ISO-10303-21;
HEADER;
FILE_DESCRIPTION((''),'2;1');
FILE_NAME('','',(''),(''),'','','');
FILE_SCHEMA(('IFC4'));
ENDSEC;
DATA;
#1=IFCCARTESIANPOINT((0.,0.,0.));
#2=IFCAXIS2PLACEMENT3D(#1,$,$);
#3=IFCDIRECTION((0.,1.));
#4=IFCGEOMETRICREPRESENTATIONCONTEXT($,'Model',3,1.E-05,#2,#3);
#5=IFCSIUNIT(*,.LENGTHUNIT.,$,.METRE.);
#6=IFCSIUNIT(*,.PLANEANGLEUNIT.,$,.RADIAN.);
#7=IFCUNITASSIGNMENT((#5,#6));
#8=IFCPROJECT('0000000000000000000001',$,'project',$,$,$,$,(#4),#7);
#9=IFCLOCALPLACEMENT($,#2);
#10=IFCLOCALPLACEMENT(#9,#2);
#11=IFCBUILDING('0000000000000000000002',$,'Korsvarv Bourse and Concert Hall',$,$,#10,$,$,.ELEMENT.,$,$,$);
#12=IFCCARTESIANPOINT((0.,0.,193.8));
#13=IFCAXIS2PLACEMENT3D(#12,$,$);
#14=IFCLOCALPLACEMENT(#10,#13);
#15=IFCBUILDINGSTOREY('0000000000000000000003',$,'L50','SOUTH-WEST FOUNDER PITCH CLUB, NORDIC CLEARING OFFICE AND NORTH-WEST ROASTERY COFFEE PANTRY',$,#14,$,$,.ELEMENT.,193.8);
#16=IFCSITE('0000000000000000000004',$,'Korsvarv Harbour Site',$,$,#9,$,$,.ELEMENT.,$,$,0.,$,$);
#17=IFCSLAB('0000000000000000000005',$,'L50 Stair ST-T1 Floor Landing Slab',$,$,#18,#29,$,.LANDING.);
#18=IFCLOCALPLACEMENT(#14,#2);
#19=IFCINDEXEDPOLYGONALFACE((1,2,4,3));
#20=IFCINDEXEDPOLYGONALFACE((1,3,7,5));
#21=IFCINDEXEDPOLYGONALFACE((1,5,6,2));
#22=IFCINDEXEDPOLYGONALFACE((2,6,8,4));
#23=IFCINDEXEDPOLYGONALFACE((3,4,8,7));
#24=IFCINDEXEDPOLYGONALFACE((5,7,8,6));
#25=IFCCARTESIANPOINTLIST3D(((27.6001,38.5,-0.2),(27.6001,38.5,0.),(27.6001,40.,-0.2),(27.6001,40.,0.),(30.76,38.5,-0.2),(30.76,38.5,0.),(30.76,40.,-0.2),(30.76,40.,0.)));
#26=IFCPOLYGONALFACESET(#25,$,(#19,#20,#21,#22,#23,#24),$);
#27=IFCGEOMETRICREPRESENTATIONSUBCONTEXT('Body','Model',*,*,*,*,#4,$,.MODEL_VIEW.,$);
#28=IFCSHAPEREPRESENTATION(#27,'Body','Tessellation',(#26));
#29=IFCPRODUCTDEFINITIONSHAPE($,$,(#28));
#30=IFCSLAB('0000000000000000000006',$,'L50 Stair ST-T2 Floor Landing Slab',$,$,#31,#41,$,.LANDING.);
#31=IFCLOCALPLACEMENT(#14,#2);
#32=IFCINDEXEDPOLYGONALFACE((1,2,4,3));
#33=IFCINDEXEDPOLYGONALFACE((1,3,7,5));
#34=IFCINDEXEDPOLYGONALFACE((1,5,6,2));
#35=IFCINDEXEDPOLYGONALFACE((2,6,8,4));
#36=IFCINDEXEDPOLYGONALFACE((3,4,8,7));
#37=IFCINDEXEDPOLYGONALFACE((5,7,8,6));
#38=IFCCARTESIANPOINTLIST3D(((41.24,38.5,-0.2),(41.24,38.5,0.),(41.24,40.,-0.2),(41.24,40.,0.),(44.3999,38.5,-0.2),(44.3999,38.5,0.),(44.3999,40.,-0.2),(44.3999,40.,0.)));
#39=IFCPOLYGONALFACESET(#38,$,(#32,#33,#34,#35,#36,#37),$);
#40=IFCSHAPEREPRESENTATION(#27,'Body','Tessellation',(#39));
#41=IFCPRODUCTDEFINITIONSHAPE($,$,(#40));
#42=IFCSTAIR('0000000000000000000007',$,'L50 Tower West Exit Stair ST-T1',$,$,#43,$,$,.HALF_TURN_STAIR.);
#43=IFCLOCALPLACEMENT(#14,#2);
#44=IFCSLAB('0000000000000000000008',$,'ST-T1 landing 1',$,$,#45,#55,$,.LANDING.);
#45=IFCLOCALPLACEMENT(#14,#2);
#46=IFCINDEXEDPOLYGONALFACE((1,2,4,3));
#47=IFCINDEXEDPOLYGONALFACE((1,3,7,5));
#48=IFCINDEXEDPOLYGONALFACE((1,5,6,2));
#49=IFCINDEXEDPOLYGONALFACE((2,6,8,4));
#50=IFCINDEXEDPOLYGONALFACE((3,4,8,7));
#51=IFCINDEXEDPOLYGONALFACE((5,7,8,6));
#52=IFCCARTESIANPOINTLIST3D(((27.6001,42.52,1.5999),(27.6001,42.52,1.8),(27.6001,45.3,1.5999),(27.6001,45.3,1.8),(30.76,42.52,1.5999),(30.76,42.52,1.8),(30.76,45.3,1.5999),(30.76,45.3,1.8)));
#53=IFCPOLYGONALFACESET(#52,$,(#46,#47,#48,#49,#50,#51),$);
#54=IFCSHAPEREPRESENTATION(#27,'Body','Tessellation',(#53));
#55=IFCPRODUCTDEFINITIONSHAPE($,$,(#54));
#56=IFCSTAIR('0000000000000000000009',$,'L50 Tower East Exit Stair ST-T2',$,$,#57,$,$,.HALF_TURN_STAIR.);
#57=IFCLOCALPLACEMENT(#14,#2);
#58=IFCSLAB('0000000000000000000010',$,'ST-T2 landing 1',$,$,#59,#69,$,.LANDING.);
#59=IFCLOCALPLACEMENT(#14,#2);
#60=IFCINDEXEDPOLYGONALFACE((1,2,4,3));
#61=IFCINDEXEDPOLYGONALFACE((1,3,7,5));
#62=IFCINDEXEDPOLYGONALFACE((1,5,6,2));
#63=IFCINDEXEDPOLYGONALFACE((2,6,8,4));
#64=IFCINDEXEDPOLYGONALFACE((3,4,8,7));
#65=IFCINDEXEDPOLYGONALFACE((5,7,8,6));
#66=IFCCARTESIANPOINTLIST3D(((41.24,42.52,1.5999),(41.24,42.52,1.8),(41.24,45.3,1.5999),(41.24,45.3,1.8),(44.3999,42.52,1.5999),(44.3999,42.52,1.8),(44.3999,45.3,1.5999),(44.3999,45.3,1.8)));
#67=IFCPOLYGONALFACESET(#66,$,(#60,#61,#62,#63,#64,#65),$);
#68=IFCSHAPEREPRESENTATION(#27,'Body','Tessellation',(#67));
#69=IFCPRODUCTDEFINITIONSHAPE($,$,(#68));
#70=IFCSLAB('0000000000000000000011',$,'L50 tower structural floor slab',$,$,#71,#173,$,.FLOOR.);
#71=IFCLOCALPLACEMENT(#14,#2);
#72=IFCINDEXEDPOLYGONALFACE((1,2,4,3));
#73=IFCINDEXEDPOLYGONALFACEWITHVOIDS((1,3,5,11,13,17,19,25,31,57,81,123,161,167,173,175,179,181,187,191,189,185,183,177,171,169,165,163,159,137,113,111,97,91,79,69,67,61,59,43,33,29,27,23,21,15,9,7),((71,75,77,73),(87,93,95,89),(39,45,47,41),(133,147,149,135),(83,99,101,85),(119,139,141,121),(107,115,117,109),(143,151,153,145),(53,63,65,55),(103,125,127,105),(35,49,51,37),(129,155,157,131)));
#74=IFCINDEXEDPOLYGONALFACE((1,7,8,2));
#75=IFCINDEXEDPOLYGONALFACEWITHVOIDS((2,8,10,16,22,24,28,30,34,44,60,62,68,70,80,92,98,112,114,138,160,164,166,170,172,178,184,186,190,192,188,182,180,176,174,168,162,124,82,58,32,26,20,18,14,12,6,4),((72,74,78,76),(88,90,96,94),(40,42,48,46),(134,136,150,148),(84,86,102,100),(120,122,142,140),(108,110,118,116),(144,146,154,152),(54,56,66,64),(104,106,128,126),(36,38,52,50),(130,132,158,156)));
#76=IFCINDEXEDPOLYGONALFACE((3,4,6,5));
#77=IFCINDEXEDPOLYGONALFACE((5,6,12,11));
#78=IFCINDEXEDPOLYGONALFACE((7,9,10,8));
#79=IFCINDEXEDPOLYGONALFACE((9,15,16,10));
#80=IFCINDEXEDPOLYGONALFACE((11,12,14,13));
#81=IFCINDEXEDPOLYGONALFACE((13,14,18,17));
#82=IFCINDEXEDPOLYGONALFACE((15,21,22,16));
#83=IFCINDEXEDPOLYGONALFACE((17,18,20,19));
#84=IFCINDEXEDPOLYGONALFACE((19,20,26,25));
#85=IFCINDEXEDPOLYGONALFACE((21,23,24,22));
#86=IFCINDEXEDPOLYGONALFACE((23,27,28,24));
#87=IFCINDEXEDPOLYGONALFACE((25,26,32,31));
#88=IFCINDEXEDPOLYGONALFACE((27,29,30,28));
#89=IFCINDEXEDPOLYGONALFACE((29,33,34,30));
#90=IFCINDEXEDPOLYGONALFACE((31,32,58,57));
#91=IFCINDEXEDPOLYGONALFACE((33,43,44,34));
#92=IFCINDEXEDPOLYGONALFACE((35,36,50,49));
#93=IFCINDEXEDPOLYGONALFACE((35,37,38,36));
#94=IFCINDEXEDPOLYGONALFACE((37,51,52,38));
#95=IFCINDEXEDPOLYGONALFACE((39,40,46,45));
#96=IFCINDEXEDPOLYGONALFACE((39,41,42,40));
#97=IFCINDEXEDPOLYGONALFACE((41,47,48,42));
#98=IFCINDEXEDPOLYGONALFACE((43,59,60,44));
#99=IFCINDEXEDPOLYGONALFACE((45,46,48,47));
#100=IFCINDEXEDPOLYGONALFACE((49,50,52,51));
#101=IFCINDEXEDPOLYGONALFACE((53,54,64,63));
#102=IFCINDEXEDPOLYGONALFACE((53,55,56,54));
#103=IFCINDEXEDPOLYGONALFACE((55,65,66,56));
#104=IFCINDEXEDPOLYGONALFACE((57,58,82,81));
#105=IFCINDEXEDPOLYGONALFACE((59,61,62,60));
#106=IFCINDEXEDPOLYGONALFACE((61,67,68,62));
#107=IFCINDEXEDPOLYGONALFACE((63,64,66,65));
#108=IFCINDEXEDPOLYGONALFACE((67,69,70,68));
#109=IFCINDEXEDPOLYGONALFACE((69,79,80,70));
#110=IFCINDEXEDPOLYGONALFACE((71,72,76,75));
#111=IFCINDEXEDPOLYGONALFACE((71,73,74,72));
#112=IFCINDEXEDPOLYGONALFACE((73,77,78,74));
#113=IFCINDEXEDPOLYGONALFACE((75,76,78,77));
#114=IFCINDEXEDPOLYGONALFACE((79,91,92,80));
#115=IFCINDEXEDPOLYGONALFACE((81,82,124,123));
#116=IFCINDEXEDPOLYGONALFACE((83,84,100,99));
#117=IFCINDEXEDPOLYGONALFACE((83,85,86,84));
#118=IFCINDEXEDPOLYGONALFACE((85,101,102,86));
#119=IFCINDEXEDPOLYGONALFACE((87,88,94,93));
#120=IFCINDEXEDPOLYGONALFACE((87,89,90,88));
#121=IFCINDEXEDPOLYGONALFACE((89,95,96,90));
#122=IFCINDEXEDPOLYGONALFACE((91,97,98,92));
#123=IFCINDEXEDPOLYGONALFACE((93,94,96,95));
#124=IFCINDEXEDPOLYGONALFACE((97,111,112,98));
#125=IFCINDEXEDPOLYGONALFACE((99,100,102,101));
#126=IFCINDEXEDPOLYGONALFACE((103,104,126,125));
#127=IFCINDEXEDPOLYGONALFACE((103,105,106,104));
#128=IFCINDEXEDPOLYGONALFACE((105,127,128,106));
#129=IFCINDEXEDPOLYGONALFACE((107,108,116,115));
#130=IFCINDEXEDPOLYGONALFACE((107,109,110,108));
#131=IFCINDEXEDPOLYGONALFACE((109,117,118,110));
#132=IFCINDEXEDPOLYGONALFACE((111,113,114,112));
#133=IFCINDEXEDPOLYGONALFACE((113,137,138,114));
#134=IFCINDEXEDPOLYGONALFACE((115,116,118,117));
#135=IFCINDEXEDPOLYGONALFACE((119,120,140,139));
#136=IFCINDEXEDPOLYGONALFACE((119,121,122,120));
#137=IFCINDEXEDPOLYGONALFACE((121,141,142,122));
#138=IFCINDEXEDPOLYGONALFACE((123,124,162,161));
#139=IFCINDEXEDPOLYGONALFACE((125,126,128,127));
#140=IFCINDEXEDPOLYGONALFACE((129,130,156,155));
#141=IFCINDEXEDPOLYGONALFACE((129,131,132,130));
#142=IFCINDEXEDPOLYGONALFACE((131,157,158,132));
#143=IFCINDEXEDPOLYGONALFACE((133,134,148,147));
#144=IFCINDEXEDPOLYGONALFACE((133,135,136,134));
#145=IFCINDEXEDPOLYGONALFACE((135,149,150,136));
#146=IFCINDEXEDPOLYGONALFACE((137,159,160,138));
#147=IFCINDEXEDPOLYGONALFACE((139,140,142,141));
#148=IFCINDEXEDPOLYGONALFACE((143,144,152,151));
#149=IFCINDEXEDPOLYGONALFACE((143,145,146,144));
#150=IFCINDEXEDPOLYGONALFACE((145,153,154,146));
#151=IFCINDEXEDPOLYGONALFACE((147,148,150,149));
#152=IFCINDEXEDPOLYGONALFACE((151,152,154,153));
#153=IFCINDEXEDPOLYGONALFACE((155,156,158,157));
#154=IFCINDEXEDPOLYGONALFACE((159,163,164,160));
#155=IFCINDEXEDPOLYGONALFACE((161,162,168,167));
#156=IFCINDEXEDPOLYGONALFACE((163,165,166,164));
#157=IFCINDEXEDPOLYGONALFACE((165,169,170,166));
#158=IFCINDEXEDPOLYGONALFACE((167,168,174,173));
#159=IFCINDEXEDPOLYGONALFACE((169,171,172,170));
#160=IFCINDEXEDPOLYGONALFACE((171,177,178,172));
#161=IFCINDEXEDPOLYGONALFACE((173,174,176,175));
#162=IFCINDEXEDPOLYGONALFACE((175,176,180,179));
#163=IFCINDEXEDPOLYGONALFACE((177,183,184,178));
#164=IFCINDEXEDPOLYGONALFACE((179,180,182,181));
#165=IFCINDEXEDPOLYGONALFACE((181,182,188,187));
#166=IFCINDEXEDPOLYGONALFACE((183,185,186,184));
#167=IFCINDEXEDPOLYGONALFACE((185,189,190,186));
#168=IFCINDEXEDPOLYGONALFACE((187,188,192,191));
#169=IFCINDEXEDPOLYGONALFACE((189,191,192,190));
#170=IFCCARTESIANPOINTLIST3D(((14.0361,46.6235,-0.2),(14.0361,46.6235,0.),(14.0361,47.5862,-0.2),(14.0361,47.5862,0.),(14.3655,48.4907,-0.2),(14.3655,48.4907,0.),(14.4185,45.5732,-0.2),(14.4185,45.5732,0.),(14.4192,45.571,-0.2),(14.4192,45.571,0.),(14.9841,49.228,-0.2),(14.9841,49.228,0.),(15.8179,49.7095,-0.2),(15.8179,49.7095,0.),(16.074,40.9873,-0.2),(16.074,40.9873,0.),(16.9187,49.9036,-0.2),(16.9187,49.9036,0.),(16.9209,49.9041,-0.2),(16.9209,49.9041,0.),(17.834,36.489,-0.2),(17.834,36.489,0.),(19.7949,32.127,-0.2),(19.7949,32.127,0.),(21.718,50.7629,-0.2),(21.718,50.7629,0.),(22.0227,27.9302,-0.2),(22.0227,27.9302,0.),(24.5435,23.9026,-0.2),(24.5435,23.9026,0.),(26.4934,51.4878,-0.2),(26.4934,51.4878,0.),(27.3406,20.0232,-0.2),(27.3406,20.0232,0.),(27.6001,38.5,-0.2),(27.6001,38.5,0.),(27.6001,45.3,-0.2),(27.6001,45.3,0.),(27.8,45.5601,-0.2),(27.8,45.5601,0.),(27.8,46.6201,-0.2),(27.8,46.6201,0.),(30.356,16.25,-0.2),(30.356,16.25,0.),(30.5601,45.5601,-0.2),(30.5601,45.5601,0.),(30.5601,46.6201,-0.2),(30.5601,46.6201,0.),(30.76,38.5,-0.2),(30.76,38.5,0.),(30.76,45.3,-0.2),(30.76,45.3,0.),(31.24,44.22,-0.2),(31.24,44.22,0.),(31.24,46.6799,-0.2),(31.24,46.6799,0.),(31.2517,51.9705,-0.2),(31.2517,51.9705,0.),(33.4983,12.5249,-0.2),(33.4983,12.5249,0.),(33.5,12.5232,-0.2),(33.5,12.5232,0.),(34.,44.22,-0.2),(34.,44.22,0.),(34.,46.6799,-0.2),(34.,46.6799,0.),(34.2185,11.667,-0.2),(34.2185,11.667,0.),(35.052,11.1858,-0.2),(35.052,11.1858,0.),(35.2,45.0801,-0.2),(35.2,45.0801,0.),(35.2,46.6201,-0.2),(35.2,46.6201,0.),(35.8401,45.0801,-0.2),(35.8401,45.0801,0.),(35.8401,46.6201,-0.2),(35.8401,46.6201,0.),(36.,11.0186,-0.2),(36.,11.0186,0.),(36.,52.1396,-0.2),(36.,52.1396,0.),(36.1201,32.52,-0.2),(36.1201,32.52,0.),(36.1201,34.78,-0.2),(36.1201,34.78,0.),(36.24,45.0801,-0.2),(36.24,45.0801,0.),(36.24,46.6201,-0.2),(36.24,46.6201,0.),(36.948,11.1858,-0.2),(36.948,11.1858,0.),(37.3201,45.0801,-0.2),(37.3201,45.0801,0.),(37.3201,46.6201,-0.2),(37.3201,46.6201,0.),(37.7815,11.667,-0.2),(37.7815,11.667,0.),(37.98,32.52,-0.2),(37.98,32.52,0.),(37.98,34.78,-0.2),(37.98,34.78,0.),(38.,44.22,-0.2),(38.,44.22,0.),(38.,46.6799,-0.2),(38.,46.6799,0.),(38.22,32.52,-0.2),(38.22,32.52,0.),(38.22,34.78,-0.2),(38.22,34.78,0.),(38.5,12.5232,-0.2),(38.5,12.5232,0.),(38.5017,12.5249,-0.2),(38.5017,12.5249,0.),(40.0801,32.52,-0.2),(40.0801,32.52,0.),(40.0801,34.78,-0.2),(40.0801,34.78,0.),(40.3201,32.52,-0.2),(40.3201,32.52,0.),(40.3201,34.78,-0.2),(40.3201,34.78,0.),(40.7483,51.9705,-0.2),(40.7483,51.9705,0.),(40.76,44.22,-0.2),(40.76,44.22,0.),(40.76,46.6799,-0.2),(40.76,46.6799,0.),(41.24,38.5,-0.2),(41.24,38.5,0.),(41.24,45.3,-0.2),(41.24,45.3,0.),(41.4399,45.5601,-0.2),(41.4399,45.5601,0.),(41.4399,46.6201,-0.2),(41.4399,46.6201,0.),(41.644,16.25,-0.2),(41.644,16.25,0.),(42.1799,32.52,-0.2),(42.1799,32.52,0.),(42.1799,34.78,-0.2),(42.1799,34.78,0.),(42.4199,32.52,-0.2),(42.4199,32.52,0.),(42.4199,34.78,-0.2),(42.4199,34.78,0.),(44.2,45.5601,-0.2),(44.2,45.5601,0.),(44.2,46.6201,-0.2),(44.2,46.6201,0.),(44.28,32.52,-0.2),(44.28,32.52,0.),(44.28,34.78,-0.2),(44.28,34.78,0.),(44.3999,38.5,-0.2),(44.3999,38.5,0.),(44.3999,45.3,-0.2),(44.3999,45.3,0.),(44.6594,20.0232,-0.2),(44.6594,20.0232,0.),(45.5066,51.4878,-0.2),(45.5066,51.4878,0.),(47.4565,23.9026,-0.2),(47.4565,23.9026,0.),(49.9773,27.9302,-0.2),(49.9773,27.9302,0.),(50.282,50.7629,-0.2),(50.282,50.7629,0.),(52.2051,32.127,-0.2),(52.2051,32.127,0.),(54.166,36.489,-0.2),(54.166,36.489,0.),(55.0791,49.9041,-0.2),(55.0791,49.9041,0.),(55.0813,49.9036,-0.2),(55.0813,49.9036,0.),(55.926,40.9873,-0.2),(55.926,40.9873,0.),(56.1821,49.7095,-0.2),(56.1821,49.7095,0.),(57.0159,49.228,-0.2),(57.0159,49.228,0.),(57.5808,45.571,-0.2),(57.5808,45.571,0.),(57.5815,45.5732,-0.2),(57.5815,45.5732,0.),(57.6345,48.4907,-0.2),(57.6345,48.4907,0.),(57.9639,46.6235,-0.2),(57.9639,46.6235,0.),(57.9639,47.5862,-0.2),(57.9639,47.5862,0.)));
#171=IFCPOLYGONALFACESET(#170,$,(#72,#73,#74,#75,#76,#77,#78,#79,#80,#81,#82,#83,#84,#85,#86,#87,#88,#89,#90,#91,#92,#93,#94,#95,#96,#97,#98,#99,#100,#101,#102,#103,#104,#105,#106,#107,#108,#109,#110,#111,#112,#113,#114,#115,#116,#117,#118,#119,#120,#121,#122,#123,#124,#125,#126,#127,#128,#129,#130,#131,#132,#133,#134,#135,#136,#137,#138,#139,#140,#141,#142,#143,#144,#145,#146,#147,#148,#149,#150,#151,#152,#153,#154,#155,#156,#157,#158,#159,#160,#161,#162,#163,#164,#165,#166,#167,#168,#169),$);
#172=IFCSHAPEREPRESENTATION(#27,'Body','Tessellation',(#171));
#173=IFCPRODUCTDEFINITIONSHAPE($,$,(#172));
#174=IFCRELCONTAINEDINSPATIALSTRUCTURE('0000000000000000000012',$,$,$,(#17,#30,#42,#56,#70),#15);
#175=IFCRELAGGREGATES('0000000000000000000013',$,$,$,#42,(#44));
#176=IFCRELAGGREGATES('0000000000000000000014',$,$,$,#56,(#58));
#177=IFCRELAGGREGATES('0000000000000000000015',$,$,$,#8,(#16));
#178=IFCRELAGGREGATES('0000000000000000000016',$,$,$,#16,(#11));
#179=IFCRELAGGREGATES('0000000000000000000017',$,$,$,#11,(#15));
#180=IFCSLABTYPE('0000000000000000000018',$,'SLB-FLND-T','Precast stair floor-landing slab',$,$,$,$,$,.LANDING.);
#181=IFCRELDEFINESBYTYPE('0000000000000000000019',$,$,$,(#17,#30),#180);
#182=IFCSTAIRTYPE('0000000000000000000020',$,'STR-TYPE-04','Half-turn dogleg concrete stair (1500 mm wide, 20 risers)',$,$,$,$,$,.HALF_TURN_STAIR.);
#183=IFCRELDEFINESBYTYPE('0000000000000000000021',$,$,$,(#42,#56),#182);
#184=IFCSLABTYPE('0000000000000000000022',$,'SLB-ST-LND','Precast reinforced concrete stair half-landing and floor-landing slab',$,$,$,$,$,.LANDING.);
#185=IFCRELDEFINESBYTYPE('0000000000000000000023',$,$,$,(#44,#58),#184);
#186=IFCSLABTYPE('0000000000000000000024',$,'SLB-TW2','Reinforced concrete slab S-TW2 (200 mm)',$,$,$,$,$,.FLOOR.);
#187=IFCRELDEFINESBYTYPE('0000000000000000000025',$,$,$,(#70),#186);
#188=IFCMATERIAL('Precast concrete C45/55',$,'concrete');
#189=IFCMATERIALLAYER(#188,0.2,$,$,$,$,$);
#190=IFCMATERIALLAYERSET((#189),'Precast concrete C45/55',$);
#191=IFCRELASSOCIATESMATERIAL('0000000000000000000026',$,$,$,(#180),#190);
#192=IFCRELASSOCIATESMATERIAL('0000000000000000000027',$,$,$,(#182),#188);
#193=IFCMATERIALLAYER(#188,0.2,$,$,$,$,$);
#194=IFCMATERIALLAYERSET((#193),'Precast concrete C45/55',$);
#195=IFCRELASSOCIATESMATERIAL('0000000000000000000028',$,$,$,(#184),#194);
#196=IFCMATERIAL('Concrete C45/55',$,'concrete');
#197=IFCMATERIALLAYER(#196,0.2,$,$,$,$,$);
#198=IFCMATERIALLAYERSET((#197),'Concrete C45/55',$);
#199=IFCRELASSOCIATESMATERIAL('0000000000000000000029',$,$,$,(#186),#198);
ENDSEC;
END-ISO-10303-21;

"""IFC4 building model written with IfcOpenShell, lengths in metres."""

from ifc_helpers import new_model, si_unit, direction, frame, origin, place, context, subcontext, project, spatial, polyline, outline, extrude, material, layer, layer_set, type_object, element, aggregate, save


model = new_model("IFC4")

# Units and contexts
model_context = context("Model", 3, precision=1e-05, world=origin(), true_north=direction((0.0, 1.0)))
body_context = subcontext(model_context, "Body", "Model", "MODEL_VIEW")
ifc_project = project(units=[si_unit("LENGTHUNIT", "METRE"), si_unit("PLANEANGLEUNIT", "RADIAN")], contexts=[model_context])

# Site, building, storey
site_placement = place(None, origin())
site = spatial("IfcSite", under=ifc_project, at=site_placement, Name="Korsvarv Harbour Site", CompositionType="ELEMENT", RefElevation=0.0)
building_placement = place(site_placement, origin())
building = spatial("IfcBuilding", under=site, at=building_placement, Name="Korsvarv Bourse and Concert Hall", CompositionType="ELEMENT")
storey_placement = place(building_placement, frame((0.0, 0.0, 193.8)))
storey = spatial("IfcBuildingStorey", under=building, at=storey_placement, Name="L50", Description="SOUTH-WEST FOUNDER PITCH CLUB, NORDIC CLEARING OFFICE AND NORTH-WEST ROASTERY COFFEE PANTRY", CompositionType="ELEMENT", Elevation=193.8)

# Slabs
ifc_material_1 = material(Name="Precast concrete C45/55", Category="concrete")
ifc_layer_1 = layer(ifc_material_1, 0.2)
ifc_layer_set_1 = layer_set([ifc_layer_1], Name="Precast concrete C45/55")
slab_type_1 = type_object("IfcSlabType", Name="SLB-FLND-T", Description="Precast stair floor-landing slab", PredefinedType="LANDING", material=ifc_layer_set_1)
slab_1_placement = place(storey_placement, frame((0.0, 0.0, -0.2)))
element("IfcSlab", 1, at=slab_1_placement, inside=storey, type_object=slab_type_1, Name="L50 Stair ST-T1 Floor Landing Slab", PredefinedType="LANDING", context=body_context, shape_type="SweptSolid", body=[
    extrude(outline(polyline([(30.76, 38.5), (30.76, 40.0), (27.6001, 40.0), (27.6001, 38.5), (30.76, 38.5)])), origin(), (0.0, 0.0, 1.0), 0.2),
])
slab_2_placement = place(storey_placement, frame((0.0, 0.0, -0.2)))
element("IfcSlab", 2, at=slab_2_placement, inside=storey, type_object=slab_type_1, Name="L50 Stair ST-T2 Floor Landing Slab", PredefinedType="LANDING", context=body_context, shape_type="SweptSolid", body=[
    extrude(outline(polyline([(44.3999, 38.5), (44.3999, 40.0), (41.24, 40.0), (41.24, 38.5), (44.3999, 38.5)])), origin(), (0.0, 0.0, 1.0), 0.2),
])

# Stairs, slabs
stair_type = type_object("IfcStairType", Name="STR-TYPE-04", Description="Half-turn dogleg concrete stair (1500 mm wide, 20 risers)", PredefinedType="HALF_TURN_STAIR", material=ifc_material_1)
stair_1_placement = place(storey_placement, origin())
stair_1 = element("IfcStair", 3, at=stair_1_placement, inside=storey, type_object=stair_type, Name="L50 Tower West Exit Stair ST-T1", PredefinedType="HALF_TURN_STAIR")
ifc_layer_2 = layer(ifc_material_1, 0.2)
ifc_layer_set_2 = layer_set([ifc_layer_2], Name="Precast concrete C45/55")
slab_type_2 = type_object("IfcSlabType", Name="SLB-ST-LND", Description="Precast reinforced concrete stair half-landing and floor-landing slab", PredefinedType="LANDING", material=ifc_layer_set_2)
slab_3_placement = place(storey_placement, frame((0.0, 0.0, 1.5999)))
slab_3 = element("IfcSlab", 4, at=slab_3_placement, type_object=slab_type_2, Name="ST-T1 landing 1", PredefinedType="LANDING", context=body_context, shape_type="SweptSolid", body=[
    extrude(outline(polyline([(30.76, 42.52), (30.76, 45.3), (27.6001, 45.3), (27.6001, 42.52), (30.76, 42.52)])), origin(), (0.0, 0.0, 1.0), 0.2002),
])
aggregate(stair_1, [slab_3])
stair_2_placement = place(storey_placement, origin())
stair_2 = element("IfcStair", 5, at=stair_2_placement, inside=storey, type_object=stair_type, Name="L50 Tower East Exit Stair ST-T2", PredefinedType="HALF_TURN_STAIR")
slab_4_placement = place(storey_placement, frame((0.0, 0.0, 1.5999)))
slab_4 = element("IfcSlab", 6, at=slab_4_placement, type_object=slab_type_2, Name="ST-T2 landing 1", PredefinedType="LANDING", context=body_context, shape_type="SweptSolid", body=[
    extrude(outline(polyline([(44.3999, 42.52), (44.3999, 45.3), (41.24, 45.3), (41.24, 42.52), (44.3999, 42.52)])), origin(), (0.0, 0.0, 1.0), 0.2002),
])
aggregate(stair_2, [slab_4])

# Slab
ifc_material_2 = material(Name="Concrete C45/55", Category="concrete")
ifc_layer_3 = layer(ifc_material_2, 0.2)
ifc_layer_set_3 = layer_set([ifc_layer_3], Name="Concrete C45/55")
slab_type_3 = type_object("IfcSlabType", Name="SLB-TW2", Description="Reinforced concrete slab S-TW2 (200 mm)", PredefinedType="FLOOR", material=ifc_layer_set_3)
slab_5_placement = place(storey_placement, frame((0.0, 0.0, -0.2)))
element("IfcSlab", 7, at=slab_5_placement, inside=storey, type_object=slab_type_3, Name="L50 tower structural floor slab", PredefinedType="FLOOR", context=body_context, shape_type="SweptSolid", body=[
    extrude(outline(polyline([(57.5808, 45.571), (55.926, 40.9873), (54.166, 36.489), (52.2051, 32.127), (49.9773, 27.9302), (47.4565, 23.9026), (44.6594, 20.0232), (41.644, 16.25), (38.5017, 12.5249), (38.5, 12.5232), (37.7815, 11.667), (36.948, 11.1858), (36.0, 11.0186), (35.052, 11.1858), (34.2185, 11.667), (33.5, 12.5232), (33.4983, 12.5249), (30.356, 16.25), (27.3406, 20.0232), (24.5435, 23.9026), (22.0227, 27.9302), (19.7949, 32.127), (17.834, 36.489), (16.074, 40.9873), (14.4192, 45.571), (14.4185, 45.5732), (14.0361, 46.6235), (14.0361, 47.5862), (14.3655, 48.4907), (14.9841, 49.228), (15.8179, 49.7095), (16.9187, 49.9036), (16.9209, 49.9041), (21.718, 50.7629), (26.4934, 51.4878), (31.2517, 51.9705), (36.0, 52.1396), (40.7483, 51.9705), (45.5066, 51.4878), (50.282, 50.7629), (55.0791, 49.9041), (55.0813, 49.9036), (56.1821, 49.7095), (57.0159, 49.228), (57.6345, 48.4907), (57.9639, 47.5862), (57.9639, 46.6235), (57.5815, 45.5732), (57.5808, 45.571)]), holes=[polyline([(30.76, 38.5), (30.76, 45.3), (27.6001, 45.3), (27.6001, 38.5), (30.76, 38.5)]), polyline([(44.3999, 38.5), (44.3999, 45.3), (41.24, 45.3), (41.24, 38.5), (44.3999, 38.5)]), polyline([(31.24, 44.22), (34.0, 44.22), (34.0, 46.6799), (31.24, 46.6799), (31.24, 44.22)]), polyline([(38.0, 44.22), (40.76, 44.22), (40.76, 46.6799), (38.0, 46.6799), (38.0, 44.22)]), polyline([(36.1201, 32.52), (37.98, 32.52), (37.98, 34.78), (36.1201, 34.78), (36.1201, 32.52)]), polyline([(38.22, 32.52), (40.0801, 32.52), (40.0801, 34.78), (38.22, 34.78), (38.22, 32.52)]), polyline([(40.3201, 32.52), (42.1799, 32.52), (42.1799, 34.78), (40.3201, 34.78), (40.3201, 32.52)]), polyline([(42.4199, 32.52), (44.28, 32.52), (44.28, 34.78), (42.4199, 34.78), (42.4199, 32.52)]), polyline([(27.8, 45.5601), (30.5601, 45.5601), (30.5601, 46.6201), (27.8, 46.6201), (27.8, 45.5601)]), polyline([(41.4399, 45.5601), (44.2, 45.5601), (44.2, 46.6201), (41.4399, 46.6201), (41.4399, 45.5601)]), polyline([(35.2, 45.0801), (35.8401, 45.0801), (35.8401, 46.6201), (35.2, 46.6201), (35.2, 45.0801)]), polyline([(36.24, 45.0801), (37.3201, 45.0801), (37.3201, 46.6201), (36.24, 46.6201), (36.24, 45.0801)])]), origin(), (0.0, 0.0, 1.0), 0.2),
])

save(model, "model.ifc")
